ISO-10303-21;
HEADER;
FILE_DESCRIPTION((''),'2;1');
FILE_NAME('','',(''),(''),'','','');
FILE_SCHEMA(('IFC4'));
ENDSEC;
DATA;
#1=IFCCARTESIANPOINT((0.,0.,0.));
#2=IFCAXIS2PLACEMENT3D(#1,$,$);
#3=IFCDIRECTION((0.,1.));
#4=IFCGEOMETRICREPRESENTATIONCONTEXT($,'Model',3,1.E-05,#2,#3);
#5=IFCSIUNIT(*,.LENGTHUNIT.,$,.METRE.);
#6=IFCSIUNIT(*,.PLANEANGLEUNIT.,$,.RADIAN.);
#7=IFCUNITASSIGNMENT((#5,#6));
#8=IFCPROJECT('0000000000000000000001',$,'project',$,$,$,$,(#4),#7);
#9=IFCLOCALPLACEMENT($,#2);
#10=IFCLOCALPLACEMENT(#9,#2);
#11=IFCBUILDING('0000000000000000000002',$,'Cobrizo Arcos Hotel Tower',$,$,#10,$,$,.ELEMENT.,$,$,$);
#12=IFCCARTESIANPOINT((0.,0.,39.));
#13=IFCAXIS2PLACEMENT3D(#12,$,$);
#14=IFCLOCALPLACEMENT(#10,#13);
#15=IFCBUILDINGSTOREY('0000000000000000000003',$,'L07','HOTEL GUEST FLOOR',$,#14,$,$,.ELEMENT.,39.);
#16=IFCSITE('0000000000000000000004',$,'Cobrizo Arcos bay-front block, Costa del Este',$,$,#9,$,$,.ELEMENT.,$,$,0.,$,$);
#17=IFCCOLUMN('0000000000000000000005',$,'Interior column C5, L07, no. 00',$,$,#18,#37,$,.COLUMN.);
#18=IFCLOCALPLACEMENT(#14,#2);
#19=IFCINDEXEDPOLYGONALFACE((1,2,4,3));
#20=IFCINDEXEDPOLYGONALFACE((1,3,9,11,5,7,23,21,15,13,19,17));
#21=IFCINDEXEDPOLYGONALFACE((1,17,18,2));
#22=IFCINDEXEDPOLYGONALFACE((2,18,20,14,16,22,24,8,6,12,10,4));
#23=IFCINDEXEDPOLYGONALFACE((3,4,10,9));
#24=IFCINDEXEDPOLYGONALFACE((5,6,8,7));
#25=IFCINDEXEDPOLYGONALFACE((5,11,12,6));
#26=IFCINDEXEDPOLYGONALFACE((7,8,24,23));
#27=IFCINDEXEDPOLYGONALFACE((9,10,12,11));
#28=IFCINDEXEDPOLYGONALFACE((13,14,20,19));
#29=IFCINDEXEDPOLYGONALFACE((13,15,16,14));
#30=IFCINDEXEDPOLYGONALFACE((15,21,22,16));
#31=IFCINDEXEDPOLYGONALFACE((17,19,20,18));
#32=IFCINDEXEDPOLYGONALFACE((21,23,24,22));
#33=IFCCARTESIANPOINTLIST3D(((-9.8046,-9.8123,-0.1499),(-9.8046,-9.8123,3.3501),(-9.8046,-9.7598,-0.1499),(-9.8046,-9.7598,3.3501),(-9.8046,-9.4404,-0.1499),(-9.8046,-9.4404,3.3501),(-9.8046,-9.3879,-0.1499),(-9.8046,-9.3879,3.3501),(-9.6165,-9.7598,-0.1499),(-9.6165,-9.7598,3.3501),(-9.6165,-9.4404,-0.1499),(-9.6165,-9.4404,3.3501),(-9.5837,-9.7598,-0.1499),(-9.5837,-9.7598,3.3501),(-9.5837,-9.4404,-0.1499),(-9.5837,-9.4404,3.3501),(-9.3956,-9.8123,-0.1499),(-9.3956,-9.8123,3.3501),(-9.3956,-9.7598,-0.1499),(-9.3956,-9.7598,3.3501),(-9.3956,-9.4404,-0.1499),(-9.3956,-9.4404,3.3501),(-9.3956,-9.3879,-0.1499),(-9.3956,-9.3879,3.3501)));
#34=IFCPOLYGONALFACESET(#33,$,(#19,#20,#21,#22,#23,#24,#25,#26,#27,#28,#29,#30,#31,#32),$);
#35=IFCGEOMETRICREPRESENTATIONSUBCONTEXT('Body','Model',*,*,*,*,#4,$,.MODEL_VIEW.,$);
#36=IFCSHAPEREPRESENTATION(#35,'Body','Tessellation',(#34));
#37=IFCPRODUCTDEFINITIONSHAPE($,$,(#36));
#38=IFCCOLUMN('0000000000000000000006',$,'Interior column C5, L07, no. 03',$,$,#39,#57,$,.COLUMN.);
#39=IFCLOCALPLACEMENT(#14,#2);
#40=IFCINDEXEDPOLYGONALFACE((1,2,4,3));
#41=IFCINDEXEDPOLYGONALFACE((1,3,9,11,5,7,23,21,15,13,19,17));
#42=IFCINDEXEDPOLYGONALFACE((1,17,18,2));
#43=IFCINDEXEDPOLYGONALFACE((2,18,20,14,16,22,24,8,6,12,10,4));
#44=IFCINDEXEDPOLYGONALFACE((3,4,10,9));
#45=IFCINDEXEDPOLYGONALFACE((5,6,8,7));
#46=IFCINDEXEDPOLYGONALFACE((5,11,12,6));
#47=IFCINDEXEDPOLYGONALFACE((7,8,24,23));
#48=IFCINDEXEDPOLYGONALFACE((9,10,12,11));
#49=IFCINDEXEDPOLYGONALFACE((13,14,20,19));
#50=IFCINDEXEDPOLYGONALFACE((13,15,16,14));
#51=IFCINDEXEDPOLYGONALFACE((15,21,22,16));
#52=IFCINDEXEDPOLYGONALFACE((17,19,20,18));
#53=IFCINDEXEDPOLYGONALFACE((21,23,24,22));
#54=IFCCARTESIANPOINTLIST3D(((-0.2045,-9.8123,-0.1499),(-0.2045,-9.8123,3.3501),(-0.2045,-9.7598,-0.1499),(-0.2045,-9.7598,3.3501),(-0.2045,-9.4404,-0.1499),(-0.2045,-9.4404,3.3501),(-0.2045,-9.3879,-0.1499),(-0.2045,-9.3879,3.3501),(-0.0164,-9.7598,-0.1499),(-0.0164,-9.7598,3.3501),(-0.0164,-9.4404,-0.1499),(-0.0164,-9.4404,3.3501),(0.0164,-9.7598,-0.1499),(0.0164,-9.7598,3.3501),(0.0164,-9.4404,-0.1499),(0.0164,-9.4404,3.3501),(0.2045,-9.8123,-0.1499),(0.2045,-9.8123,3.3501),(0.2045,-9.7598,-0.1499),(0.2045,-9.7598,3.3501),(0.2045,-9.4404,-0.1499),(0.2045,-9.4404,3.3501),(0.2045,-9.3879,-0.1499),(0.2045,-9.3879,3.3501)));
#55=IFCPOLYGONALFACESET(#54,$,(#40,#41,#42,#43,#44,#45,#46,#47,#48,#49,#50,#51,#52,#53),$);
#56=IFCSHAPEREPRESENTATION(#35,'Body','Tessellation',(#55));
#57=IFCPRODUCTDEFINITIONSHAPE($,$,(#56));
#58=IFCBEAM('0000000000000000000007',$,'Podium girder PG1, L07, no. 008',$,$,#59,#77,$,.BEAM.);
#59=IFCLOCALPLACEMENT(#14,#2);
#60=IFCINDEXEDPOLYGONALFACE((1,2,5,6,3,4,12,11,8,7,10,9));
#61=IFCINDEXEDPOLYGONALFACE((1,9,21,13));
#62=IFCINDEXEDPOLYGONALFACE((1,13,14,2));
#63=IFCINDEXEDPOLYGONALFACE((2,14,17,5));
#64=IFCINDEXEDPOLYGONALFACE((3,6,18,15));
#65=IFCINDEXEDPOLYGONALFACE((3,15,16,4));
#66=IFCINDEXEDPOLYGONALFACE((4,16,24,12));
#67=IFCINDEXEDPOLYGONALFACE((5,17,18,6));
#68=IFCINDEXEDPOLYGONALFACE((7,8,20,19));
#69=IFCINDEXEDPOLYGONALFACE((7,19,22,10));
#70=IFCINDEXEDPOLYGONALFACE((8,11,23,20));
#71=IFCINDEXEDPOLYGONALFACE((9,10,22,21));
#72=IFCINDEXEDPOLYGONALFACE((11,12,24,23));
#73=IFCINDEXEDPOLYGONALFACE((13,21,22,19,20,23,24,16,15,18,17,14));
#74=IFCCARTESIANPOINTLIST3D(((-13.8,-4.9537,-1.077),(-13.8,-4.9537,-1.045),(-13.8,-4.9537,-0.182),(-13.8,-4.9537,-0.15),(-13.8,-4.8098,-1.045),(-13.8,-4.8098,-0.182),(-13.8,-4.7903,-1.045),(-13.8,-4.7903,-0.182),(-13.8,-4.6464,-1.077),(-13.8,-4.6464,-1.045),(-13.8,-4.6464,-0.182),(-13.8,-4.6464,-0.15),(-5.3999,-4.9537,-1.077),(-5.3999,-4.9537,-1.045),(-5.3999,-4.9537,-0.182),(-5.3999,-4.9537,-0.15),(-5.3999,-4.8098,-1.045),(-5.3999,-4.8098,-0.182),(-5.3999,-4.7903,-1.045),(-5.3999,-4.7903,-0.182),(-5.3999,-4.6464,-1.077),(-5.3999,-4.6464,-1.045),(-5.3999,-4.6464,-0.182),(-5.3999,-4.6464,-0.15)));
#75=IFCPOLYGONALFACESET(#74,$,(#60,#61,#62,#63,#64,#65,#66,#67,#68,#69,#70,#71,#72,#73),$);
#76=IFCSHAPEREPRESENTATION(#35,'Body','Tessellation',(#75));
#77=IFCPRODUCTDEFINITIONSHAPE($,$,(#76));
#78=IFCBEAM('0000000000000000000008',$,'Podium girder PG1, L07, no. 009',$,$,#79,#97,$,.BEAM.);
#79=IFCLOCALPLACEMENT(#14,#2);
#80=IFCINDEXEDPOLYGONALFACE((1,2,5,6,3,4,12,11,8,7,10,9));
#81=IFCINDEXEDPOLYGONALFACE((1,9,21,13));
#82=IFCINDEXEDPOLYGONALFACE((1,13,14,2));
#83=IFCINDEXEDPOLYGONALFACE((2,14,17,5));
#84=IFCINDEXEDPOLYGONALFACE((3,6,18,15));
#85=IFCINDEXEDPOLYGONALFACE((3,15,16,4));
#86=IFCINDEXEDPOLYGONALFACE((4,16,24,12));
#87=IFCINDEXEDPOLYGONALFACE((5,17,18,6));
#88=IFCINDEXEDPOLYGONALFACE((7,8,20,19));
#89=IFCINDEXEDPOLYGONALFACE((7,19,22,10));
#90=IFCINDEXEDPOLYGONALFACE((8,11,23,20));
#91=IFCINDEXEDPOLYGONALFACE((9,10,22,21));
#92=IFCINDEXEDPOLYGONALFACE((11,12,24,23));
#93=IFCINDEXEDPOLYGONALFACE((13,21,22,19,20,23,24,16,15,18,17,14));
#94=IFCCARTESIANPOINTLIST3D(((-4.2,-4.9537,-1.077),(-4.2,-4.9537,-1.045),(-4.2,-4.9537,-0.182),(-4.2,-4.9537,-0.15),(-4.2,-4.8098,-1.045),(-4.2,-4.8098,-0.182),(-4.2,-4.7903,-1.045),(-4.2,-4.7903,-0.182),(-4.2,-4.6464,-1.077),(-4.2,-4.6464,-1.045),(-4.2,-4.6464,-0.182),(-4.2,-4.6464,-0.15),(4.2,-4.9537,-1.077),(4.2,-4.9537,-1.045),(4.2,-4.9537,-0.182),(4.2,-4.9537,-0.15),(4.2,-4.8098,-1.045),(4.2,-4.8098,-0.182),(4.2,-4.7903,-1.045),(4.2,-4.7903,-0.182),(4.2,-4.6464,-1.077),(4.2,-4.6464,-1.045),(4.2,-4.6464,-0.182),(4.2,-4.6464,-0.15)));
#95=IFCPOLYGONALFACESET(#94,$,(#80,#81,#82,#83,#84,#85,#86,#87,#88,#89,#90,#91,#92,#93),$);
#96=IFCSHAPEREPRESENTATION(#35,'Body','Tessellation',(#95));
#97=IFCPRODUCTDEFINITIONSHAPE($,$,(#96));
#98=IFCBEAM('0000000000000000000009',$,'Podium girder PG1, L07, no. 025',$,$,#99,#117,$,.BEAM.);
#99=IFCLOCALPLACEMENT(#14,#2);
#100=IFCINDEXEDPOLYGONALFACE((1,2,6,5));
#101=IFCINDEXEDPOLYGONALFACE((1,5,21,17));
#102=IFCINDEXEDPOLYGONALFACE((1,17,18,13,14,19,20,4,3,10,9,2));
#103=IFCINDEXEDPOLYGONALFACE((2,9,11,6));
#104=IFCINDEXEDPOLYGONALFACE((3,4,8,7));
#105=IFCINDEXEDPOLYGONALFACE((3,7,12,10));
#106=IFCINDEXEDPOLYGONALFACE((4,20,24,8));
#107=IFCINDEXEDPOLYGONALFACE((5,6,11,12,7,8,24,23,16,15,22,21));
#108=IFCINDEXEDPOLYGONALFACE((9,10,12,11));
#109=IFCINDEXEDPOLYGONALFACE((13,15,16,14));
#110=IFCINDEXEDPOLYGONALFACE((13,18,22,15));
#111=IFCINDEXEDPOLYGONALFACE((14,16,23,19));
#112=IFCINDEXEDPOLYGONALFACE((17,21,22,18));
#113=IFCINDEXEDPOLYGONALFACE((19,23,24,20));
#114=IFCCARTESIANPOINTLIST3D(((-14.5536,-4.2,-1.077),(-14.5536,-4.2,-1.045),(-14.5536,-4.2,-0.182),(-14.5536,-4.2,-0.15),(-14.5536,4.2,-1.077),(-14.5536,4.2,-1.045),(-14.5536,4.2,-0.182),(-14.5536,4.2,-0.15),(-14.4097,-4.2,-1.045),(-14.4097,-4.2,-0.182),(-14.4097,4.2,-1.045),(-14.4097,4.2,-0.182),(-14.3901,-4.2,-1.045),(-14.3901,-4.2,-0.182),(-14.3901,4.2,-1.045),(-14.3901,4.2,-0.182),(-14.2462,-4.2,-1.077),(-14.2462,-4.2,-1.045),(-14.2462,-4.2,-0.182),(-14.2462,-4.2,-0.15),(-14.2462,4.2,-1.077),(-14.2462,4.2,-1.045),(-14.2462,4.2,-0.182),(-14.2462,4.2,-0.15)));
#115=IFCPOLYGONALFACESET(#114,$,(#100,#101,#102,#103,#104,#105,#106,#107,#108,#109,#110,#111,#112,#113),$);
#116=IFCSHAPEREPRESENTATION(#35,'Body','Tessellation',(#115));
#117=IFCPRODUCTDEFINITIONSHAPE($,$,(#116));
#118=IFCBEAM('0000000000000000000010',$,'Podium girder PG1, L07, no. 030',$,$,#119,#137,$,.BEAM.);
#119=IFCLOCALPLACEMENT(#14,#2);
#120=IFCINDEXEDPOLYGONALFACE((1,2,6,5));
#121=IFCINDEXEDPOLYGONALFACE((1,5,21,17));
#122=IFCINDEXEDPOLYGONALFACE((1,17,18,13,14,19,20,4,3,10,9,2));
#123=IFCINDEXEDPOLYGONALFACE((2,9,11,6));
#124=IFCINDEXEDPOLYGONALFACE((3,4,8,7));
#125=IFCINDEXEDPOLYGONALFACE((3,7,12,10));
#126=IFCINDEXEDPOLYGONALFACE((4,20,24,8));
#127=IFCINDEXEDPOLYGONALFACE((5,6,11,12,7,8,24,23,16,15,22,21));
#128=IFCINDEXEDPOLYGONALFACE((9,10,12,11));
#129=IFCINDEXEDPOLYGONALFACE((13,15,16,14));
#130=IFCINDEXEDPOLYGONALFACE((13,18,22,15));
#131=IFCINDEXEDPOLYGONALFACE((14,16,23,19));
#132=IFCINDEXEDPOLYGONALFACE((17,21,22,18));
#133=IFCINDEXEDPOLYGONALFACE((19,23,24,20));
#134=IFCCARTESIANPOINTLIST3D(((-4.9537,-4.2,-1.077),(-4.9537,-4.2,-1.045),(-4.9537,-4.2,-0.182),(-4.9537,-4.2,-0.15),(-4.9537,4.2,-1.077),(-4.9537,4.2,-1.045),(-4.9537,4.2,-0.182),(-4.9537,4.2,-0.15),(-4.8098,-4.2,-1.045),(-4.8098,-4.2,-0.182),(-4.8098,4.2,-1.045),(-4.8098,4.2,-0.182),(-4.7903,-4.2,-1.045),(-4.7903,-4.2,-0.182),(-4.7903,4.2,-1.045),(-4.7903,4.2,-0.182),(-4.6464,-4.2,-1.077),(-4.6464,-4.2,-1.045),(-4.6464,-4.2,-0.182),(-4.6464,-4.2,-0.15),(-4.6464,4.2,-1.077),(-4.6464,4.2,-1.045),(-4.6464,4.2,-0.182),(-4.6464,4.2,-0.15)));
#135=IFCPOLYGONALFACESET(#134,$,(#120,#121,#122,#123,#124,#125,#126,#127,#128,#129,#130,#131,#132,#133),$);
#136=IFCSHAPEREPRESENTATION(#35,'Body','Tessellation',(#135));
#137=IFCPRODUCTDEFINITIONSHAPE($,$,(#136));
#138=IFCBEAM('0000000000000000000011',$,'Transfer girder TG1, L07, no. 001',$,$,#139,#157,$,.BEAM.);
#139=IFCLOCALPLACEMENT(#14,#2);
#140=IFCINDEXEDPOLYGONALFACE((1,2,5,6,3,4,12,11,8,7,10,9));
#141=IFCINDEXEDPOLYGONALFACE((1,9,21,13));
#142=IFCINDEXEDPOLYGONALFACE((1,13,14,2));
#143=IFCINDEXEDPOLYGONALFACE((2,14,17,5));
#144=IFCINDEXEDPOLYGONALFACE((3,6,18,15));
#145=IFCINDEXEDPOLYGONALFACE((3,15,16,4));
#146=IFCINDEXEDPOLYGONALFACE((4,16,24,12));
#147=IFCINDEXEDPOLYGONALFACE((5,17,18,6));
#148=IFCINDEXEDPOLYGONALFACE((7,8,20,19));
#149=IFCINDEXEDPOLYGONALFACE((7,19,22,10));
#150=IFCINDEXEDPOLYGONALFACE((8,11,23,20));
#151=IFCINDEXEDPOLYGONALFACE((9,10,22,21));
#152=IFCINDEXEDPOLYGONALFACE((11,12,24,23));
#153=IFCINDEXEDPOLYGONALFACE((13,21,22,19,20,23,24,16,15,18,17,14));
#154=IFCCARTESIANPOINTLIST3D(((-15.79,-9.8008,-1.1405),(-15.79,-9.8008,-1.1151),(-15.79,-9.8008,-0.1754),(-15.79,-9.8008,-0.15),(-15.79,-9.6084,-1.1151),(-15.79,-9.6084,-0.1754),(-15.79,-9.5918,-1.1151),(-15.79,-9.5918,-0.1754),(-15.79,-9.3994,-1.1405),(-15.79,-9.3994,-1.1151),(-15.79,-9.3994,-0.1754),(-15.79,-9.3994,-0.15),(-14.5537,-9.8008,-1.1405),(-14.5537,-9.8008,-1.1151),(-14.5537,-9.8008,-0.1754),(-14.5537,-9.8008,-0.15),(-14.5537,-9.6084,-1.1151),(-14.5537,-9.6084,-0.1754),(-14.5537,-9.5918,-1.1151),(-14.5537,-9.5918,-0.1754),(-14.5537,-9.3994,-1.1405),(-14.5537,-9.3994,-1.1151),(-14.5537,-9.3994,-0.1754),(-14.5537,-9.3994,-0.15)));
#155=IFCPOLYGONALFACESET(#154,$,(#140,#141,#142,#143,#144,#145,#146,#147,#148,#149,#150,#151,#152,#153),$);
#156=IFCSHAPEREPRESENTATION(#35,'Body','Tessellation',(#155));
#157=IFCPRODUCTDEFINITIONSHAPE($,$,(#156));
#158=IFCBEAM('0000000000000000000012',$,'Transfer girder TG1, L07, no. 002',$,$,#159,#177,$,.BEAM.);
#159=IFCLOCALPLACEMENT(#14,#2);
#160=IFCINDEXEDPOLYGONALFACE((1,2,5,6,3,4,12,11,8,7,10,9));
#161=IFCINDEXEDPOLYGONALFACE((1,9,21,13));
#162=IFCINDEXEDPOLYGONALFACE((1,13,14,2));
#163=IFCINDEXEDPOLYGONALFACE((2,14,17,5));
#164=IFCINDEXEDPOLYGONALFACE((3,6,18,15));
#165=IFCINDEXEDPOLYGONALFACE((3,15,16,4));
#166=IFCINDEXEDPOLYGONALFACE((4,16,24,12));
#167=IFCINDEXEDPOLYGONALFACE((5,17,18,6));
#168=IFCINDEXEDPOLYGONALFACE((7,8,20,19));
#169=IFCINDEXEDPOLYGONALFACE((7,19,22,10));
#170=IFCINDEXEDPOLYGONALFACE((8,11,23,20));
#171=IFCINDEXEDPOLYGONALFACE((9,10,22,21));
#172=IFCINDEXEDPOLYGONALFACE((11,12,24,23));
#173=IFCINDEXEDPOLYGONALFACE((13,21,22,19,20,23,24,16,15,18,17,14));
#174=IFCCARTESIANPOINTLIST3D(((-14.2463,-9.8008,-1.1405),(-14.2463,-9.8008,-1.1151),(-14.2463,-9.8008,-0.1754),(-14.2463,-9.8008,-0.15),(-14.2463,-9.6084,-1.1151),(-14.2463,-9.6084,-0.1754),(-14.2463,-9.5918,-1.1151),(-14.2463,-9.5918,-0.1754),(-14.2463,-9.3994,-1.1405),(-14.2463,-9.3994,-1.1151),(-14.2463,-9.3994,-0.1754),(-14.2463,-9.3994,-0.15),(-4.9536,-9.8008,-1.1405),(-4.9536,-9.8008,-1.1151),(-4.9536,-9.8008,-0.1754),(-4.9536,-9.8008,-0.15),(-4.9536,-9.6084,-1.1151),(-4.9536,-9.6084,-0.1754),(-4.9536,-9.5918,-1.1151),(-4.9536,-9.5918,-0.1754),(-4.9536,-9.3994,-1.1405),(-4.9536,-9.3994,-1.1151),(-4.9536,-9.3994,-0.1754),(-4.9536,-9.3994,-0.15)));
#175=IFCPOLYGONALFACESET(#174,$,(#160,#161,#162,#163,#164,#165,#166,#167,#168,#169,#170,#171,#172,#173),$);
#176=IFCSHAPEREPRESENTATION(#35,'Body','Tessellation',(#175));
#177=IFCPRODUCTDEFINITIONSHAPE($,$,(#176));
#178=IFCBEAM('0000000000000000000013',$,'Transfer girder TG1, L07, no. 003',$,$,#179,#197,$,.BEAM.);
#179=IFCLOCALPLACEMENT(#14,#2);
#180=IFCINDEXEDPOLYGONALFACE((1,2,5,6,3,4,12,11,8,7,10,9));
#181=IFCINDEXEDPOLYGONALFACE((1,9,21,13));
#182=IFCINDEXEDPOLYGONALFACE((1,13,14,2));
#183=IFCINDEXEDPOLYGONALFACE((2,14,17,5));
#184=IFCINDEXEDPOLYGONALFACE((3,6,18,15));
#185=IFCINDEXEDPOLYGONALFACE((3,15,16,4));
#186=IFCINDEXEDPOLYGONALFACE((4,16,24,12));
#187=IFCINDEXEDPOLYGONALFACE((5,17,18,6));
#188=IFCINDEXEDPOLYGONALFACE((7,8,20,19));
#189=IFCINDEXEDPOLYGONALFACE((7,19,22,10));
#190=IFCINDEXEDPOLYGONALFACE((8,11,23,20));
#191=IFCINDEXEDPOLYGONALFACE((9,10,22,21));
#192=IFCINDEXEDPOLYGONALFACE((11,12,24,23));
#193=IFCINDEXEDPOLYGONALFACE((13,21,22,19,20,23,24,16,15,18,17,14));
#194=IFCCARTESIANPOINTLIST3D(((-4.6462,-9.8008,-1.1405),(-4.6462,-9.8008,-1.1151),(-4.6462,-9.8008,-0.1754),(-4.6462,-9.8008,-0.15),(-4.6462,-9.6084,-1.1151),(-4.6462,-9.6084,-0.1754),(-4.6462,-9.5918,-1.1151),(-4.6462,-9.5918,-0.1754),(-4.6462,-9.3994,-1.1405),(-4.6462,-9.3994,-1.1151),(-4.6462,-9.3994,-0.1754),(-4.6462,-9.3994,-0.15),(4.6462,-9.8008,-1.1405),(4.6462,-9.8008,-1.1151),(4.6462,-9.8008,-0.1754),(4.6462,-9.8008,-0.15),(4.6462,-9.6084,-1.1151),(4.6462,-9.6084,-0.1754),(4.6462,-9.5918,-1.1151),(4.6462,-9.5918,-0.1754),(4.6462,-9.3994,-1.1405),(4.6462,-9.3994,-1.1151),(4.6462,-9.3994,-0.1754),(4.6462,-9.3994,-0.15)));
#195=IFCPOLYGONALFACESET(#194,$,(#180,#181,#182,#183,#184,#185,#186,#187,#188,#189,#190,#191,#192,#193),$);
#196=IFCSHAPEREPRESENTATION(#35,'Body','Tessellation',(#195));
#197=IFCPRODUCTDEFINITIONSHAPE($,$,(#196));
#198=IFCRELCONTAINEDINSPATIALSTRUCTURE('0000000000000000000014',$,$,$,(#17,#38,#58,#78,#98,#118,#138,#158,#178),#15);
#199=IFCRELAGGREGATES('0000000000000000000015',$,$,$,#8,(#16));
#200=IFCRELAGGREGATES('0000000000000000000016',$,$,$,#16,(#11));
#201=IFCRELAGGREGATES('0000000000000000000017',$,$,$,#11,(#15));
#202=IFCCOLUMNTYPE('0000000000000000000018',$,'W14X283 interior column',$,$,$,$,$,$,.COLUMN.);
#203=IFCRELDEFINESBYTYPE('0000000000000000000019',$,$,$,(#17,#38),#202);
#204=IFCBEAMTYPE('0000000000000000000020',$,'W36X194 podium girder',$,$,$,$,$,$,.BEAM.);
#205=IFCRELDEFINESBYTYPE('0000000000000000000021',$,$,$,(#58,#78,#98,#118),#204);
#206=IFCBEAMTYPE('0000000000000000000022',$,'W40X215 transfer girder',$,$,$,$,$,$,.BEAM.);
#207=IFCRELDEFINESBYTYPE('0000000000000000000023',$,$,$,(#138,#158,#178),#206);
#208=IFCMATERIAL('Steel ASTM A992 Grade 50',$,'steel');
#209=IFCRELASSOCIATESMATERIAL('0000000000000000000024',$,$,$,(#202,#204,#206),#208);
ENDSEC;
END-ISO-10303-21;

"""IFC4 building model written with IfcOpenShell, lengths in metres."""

from ifc_helpers import new_model, si_unit, direction, frame, origin, origin_2d, place, context, subcontext, project, spatial, i_section, extrude, material, material_profile, profile_set, type_object, element, save


model = new_model("IFC4")

# Units and contexts
model_context = context("Model", 3, precision=1e-05, world=origin(), true_north=direction((0.0, 1.0)))
body_context = subcontext(model_context, "Body", "Model", "MODEL_VIEW")
ifc_project = project(units=[si_unit("LENGTHUNIT", "METRE"), si_unit("PLANEANGLEUNIT", "RADIAN")], contexts=[model_context])

# Site, building, storey
site_placement = place(None, origin())
site = spatial("IfcSite", under=ifc_project, at=site_placement, Name="Cobrizo Arcos bay-front block, Costa del Este", CompositionType="ELEMENT", RefElevation=0.0)
building_placement = place(site_placement, origin())
building = spatial("IfcBuilding", under=site, at=building_placement, Name="Cobrizo Arcos Hotel Tower", CompositionType="ELEMENT")
storey_placement = place(building_placement, frame((0.0, 0.0, 39.0)))
storey = spatial("IfcBuildingStorey", under=building, at=storey_placement, Name="L07", Description="HOTEL GUEST FLOOR", CompositionType="ELEMENT", Elevation=39.0)

# Columns
ifc_material_1 = material(Name="Steel ASTM A992 Grade 50", Category="steel")
ifc_material_profile_1 = material_profile(ifc_material_1, i_section(OverallWidth=0.4089, OverallDepth=0.4243, WebThickness=0.0327, FlangeThickness=0.0525, at=origin_2d()), Name="W14X283")
ifc_profile_set_1 = profile_set([ifc_material_profile_1], Name="Steel ASTM A992 Grade 50")
column_type = type_object("IfcColumnType", Name="W14X283 interior column", PredefinedType="COLUMN", material=ifc_profile_set_1)
for number, where, z_axis, x_axis, name in (
    (1, (-9.6001, -9.6001, -0.1499), (0.0, 0.0, 1.0), (1.0, 0.0, 0.0), "Interior column C5, L07, no. 00"),
    (2, (0.0, -9.6001, -0.1499), (0.0, 0.0, 1.0), (1.0, 0.0, 0.0), "Interior column C5, L07, no. 03"),
):
    element("IfcColumn", number, at=place(storey_placement, frame(where, z_axis=z_axis, x_axis=x_axis)), inside=storey, type_object=column_type, Name=name, PredefinedType="COLUMN", context=body_context, shape_type="SweptSolid", body=[
        extrude(i_section(OverallWidth=0.4089, OverallDepth=0.4243, WebThickness=0.0327, FlangeThickness=0.0525, at=origin_2d()), origin(), (0.0, 0.0, 1.0), 3.5),
    ])

# Beams
ifc_material_profile_2 = material_profile(ifc_material_1, i_section(OverallWidth=0.3074, OverallDepth=0.927, WebThickness=0.0195, FlangeThickness=0.032, at=origin_2d()), Name="W36X194")
ifc_profile_set_2 = profile_set([ifc_material_profile_2], Name="Steel ASTM A992 Grade 50")
beam_type_1 = type_object("IfcBeamType", Name="W36X194 podium girder", PredefinedType="BEAM", material=ifc_profile_set_2)
beam_1_placement = place(storey_placement, frame((-13.8, -4.8, -0.6135), z_axis=(1.0, 0.0, 0.0), x_axis=(0.0, 1.0, 0.0)))
element("IfcBeam", 3, at=beam_1_placement, inside=storey, type_object=beam_type_1, Name="Podium girder PG1, L07, no. 008", PredefinedType="BEAM", context=body_context, shape_type="SweptSolid", body=[
    extrude(i_section(OverallWidth=0.3074, OverallDepth=0.927, WebThickness=0.0195, FlangeThickness=0.032, at=origin_2d()), origin(), (0.0, 0.0, 1.0), 8.4001),
])
for number, where, z_axis, x_axis, name in (
    (4, (-4.2, -4.8, -0.6135), (1.0, 0.0, 0.0), (0.0, 1.0, 0.0), "Podium girder PG1, L07, no. 009"),
    (5, (-14.3999, -4.2, -0.6135), (0.0, 1.0, 0.0), (-1.0, 0.0, 0.0), "Podium girder PG1, L07, no. 025"),
    (6, (-4.8, -4.2, -0.6135), (0.0, 1.0, 0.0), (-1.0, 0.0, 0.0), "Podium girder PG1, L07, no. 030"),
):
    element("IfcBeam", number, at=place(storey_placement, frame(where, z_axis=z_axis, x_axis=x_axis)), inside=storey, type_object=beam_type_1, Name=name, PredefinedType="BEAM", context=body_context, shape_type="SweptSolid", body=[
        extrude(i_section(OverallWidth=0.3074, OverallDepth=0.927, WebThickness=0.0195, FlangeThickness=0.032, at=origin_2d()), origin(), (0.0, 0.0, 1.0), 8.3999),
    ])
ifc_material_profile_3 = material_profile(ifc_material_1, i_section(OverallWidth=0.4014, OverallDepth=0.9905, WebThickness=0.0166, FlangeThickness=0.0254, at=origin_2d()), Name="W40X215")
ifc_profile_set_3 = profile_set([ifc_material_profile_3], Name="Steel ASTM A992 Grade 50")
beam_type_2 = type_object("IfcBeamType", Name="W40X215 transfer girder", PredefinedType="BEAM", material=ifc_profile_set_3)
beam_2_placement = place(storey_placement, frame((-15.79, -9.6001, -0.6453), z_axis=(1.0, 0.0, 0.0), x_axis=(0.0, 1.0, 0.0)))
element("IfcBeam", 7, at=beam_2_placement, inside=storey, type_object=beam_type_2, Name="Transfer girder TG1, L07, no. 001", PredefinedType="BEAM", context=body_context, shape_type="SweptSolid", body=[
    extrude(i_section(OverallWidth=0.4014, OverallDepth=0.9905, WebThickness=0.0166, FlangeThickness=0.0254, at=origin_2d()), origin(), (0.0, 0.0, 1.0), 1.2363),
])
beam_3_placement = place(storey_placement, frame((-14.2463, -9.6001, -0.6453), z_axis=(1.0, 0.0, 0.0), x_axis=(0.0, 1.0, 0.0)))
element("IfcBeam", 8, at=beam_3_placement, inside=storey, type_object=beam_type_2, Name="Transfer girder TG1, L07, no. 002", PredefinedType="BEAM", context=body_context, shape_type="SweptSolid", body=[
    extrude(i_section(OverallWidth=0.4014, OverallDepth=0.9905, WebThickness=0.0166, FlangeThickness=0.0254, at=origin_2d()), origin(), (0.0, 0.0, 1.0), 9.2927),
])
beam_4_placement = place(storey_placement, frame((-4.6462, -9.6001, -0.6453), z_axis=(1.0, 0.0, 0.0), x_axis=(0.0, 1.0, 0.0)))
element("IfcBeam", 9, at=beam_4_placement, inside=storey, type_object=beam_type_2, Name="Transfer girder TG1, L07, no. 003", PredefinedType="BEAM", context=body_context, shape_type="SweptSolid", body=[
    extrude(i_section(OverallWidth=0.4014, OverallDepth=0.9905, WebThickness=0.0166, FlangeThickness=0.0254, at=origin_2d()), origin(), (0.0, 0.0, 1.0), 9.2925),
])

save(model, "model.ifc")
